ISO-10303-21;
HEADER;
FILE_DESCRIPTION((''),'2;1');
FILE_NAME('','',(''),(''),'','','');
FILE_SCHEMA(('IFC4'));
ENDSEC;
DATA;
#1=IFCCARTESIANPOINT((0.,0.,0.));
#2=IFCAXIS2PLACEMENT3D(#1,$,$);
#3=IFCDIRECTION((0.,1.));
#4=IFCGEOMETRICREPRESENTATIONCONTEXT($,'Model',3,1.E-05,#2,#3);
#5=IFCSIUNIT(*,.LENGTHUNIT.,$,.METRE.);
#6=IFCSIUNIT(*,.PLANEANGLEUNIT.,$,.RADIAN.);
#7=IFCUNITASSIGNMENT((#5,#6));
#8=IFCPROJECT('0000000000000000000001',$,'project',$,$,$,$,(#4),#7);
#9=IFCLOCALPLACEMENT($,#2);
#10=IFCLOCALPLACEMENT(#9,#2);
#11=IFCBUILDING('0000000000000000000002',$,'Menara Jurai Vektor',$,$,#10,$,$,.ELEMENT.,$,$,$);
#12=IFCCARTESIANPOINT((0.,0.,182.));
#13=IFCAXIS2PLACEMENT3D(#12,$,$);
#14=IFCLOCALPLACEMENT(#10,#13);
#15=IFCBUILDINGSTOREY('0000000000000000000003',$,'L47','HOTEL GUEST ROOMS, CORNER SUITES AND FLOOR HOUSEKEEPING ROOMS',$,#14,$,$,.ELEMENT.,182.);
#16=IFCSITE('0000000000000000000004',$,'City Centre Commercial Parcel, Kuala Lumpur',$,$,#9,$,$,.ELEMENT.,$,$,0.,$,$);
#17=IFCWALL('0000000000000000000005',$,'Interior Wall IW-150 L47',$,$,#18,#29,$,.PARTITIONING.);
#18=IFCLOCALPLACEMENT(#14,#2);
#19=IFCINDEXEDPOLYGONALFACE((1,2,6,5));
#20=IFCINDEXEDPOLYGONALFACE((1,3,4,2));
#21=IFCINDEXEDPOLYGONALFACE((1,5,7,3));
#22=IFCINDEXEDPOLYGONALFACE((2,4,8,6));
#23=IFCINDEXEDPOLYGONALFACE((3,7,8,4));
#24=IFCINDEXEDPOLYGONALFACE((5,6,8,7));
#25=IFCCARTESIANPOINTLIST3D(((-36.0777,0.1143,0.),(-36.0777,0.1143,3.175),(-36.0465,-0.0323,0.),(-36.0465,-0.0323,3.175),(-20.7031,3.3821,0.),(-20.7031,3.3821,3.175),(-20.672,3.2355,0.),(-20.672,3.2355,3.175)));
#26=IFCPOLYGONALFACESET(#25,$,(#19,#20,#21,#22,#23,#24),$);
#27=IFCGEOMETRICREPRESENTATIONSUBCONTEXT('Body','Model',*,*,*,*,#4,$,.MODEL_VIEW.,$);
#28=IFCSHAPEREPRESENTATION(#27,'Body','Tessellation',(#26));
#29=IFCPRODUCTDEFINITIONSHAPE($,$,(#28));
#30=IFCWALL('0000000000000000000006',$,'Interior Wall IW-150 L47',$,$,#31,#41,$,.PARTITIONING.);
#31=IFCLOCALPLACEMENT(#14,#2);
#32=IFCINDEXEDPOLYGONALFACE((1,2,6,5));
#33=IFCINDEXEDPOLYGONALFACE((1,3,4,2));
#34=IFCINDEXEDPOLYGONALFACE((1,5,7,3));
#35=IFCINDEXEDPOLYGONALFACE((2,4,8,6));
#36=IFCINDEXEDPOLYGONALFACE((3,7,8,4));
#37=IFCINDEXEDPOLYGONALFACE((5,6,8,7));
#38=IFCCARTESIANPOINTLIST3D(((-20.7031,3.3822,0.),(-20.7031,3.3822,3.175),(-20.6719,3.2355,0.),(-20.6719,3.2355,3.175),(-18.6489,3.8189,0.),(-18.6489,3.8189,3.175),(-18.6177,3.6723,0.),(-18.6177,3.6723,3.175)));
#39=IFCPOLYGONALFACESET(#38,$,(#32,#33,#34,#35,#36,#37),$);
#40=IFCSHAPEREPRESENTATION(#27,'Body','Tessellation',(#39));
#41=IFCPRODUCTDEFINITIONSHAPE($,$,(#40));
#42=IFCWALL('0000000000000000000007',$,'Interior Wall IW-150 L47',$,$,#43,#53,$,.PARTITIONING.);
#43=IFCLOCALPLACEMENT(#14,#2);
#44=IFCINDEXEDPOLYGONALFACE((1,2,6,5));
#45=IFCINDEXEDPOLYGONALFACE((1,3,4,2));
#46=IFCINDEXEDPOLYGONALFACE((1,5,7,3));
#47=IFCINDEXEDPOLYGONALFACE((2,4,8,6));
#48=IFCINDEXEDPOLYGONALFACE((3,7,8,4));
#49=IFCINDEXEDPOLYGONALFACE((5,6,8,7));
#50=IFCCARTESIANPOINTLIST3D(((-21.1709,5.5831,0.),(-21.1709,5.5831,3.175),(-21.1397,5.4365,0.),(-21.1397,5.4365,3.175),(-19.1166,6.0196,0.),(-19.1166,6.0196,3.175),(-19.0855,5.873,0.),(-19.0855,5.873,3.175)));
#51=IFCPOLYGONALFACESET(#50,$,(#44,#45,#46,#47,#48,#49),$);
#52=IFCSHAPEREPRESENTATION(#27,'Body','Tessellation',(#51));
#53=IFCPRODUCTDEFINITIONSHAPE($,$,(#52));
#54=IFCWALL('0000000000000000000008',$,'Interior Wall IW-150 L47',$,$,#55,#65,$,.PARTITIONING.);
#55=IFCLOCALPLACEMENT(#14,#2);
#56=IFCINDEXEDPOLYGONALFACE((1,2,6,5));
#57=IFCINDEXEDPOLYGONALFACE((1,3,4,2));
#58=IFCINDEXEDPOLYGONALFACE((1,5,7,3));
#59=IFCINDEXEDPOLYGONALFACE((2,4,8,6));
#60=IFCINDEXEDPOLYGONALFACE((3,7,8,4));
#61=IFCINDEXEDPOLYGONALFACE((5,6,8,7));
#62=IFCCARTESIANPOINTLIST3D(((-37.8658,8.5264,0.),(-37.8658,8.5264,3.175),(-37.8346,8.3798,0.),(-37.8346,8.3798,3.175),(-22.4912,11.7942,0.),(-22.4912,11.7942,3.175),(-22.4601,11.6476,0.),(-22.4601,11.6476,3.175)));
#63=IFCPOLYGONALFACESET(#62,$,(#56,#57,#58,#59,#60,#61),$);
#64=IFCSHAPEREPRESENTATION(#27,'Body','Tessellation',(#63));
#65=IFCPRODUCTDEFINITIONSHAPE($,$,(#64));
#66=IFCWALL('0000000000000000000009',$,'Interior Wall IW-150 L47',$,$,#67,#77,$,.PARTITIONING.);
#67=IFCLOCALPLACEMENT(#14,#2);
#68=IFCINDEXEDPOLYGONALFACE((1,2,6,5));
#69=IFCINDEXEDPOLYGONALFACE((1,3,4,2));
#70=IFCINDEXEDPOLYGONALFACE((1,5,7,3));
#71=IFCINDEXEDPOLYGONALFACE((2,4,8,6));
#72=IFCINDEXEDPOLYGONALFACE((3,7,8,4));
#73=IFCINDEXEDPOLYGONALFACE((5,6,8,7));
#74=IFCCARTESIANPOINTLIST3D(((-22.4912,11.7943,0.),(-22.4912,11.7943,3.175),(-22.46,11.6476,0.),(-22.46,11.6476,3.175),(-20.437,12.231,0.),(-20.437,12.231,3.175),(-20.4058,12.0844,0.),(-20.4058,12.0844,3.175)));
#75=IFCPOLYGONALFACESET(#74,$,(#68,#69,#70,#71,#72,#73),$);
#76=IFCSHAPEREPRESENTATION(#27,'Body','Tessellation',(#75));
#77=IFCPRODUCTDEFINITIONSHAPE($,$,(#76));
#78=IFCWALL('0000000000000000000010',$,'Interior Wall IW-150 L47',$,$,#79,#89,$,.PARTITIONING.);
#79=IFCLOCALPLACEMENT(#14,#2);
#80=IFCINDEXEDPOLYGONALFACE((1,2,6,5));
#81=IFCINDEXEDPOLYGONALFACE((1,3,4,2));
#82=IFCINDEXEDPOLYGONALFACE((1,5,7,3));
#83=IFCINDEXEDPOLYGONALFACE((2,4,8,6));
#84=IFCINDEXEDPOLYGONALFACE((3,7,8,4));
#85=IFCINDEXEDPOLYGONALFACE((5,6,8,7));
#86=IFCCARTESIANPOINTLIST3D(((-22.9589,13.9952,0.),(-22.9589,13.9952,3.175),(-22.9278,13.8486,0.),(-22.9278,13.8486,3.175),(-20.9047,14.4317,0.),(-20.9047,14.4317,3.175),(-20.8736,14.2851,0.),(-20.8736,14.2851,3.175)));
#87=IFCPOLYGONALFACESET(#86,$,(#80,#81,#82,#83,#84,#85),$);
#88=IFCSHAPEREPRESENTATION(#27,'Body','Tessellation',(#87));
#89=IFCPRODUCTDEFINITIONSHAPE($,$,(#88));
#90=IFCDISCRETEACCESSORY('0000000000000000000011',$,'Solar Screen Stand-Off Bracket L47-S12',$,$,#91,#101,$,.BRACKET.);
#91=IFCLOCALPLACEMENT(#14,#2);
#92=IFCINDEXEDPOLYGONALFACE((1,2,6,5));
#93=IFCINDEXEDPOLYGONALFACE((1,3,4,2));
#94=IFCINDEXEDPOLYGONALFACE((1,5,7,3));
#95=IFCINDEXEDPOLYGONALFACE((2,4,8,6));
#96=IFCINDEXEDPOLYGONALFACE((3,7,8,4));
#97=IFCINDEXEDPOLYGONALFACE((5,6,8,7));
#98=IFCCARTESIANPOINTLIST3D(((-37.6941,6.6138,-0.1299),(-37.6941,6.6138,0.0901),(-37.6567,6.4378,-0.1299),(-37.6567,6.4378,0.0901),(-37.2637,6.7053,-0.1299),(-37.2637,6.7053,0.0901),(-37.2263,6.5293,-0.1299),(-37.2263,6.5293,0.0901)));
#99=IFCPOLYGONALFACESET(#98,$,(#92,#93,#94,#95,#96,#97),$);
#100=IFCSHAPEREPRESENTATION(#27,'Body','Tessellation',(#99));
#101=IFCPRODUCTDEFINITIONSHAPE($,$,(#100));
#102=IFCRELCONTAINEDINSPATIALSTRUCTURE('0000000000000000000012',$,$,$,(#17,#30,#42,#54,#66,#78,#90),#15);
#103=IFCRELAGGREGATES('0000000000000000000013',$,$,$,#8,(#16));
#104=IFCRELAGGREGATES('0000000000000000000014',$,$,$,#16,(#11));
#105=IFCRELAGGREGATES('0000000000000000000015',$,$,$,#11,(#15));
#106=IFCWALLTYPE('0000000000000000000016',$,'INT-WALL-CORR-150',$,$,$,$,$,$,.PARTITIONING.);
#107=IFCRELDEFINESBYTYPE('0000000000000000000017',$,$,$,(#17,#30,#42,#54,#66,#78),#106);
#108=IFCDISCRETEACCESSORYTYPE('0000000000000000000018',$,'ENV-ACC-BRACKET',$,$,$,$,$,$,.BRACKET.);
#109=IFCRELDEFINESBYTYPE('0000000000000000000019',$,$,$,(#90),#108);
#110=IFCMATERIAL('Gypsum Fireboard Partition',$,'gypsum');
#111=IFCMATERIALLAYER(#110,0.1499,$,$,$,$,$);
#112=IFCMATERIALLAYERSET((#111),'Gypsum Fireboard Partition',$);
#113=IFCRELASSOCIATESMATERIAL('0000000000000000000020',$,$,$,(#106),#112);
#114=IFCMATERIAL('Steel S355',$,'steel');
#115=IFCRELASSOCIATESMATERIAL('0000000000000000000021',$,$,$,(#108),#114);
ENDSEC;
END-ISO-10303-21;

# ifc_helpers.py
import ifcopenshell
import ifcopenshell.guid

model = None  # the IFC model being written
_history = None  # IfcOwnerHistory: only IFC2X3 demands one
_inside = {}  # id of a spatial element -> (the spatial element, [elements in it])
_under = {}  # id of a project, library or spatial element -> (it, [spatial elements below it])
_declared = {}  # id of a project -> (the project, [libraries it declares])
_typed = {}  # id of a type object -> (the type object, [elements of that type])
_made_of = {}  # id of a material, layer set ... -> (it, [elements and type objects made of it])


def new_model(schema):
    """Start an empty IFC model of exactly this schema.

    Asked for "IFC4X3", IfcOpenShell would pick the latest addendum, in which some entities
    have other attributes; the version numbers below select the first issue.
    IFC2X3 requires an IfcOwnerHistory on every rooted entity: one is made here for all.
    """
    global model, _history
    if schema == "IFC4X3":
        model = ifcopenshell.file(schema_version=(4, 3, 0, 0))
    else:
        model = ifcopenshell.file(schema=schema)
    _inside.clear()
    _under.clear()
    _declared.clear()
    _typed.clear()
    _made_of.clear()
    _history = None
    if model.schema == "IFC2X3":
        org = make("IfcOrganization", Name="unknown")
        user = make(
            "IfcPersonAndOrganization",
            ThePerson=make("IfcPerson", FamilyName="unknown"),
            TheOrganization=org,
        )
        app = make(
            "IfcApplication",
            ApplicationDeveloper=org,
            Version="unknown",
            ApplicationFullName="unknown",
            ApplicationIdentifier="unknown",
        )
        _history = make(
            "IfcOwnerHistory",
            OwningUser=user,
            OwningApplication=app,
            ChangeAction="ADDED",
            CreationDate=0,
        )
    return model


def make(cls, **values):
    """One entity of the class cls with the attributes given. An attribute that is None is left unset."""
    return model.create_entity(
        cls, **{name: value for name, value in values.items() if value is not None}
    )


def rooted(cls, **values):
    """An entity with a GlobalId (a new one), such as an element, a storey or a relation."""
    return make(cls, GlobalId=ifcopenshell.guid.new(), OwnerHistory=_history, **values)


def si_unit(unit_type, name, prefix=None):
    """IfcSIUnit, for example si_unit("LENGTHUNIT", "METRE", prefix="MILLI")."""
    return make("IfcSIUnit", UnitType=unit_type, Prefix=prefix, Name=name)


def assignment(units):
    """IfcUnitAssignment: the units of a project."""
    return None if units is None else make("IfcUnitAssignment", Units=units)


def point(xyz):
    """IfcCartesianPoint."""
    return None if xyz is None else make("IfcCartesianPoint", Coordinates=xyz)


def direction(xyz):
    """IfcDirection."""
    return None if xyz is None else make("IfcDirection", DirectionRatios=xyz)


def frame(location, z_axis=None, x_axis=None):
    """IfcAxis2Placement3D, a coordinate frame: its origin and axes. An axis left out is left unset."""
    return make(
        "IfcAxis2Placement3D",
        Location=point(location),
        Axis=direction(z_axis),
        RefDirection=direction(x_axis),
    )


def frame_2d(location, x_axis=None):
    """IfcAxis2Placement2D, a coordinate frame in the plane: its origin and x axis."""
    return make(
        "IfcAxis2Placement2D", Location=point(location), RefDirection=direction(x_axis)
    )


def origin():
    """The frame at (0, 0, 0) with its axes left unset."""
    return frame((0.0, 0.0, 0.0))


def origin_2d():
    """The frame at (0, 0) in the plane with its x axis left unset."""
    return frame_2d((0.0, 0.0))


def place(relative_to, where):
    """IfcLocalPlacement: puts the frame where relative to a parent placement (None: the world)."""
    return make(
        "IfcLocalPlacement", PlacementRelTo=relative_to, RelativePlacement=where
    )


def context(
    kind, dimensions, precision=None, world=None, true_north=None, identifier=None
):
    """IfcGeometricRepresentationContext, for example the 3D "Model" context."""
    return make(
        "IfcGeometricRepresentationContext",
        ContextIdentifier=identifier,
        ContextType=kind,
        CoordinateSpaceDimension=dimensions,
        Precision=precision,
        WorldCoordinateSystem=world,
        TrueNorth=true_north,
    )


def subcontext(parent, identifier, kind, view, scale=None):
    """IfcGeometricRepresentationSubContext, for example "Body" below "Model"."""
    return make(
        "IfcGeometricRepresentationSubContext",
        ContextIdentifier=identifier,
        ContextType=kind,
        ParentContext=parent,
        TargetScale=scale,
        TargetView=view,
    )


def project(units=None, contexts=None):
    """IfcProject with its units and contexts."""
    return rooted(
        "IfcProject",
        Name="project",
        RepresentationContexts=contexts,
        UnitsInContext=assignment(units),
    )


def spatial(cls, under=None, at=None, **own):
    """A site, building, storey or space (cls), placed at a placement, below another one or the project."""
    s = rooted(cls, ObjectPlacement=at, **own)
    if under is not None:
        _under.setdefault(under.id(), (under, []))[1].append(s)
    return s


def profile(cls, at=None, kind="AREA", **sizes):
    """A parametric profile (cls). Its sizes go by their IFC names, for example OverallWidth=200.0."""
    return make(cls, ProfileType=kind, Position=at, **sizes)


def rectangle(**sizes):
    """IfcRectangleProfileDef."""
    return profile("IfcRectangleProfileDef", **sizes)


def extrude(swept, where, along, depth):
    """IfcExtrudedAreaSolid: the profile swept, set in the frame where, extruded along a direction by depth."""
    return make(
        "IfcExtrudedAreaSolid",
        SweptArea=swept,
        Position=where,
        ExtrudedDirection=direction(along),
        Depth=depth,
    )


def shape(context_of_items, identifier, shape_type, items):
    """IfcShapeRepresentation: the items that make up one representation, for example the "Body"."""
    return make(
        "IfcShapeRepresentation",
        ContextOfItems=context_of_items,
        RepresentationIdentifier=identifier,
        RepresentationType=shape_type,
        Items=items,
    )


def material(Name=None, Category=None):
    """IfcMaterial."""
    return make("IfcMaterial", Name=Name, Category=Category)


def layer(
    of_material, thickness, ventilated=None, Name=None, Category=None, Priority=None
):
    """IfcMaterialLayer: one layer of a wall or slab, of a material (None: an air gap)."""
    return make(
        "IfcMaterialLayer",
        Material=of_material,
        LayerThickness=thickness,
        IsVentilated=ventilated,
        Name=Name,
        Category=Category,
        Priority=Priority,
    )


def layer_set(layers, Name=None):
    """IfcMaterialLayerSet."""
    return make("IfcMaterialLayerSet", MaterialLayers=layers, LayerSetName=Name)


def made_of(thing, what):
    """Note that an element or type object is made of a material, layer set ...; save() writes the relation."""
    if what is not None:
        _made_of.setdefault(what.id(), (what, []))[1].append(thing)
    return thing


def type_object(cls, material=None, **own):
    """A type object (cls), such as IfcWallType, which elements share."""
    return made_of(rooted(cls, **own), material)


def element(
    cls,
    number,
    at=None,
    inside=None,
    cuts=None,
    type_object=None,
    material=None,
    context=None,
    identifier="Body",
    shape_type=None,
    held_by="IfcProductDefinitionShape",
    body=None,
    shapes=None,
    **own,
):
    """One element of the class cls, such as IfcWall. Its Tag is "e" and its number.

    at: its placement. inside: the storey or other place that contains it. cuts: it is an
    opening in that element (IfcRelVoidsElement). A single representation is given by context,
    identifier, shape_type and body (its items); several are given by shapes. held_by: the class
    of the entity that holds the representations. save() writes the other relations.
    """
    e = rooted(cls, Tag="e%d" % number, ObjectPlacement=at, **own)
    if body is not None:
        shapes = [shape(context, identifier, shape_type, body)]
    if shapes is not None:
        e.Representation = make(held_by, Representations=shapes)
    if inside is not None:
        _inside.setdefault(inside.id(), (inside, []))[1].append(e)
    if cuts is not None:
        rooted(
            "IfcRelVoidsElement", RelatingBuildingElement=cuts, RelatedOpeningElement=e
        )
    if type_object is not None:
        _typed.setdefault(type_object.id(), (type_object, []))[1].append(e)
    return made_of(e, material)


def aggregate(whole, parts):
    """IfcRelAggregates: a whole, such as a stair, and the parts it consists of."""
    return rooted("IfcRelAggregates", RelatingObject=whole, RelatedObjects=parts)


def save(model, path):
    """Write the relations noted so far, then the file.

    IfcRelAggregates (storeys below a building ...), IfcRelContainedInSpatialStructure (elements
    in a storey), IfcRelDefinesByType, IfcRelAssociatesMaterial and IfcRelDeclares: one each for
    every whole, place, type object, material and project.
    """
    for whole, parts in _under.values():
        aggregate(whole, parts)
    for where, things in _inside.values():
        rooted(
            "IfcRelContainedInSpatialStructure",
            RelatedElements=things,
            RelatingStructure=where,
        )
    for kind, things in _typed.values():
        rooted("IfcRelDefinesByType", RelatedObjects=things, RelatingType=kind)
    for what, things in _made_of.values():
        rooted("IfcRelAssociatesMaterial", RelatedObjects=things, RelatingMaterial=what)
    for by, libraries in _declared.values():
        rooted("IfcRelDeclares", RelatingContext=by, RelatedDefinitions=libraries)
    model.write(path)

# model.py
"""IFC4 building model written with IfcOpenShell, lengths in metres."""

from ifc_helpers import new_model, si_unit, direction, frame, frame_2d, origin, origin_2d, place, context, subcontext, project, spatial, rectangle, extrude, material, layer, layer_set, type_object, element, save


model = new_model("IFC4")

# Units and contexts
model_context = context("Model", 3, precision=1e-05, world=origin(), true_north=direction((0.0, 1.0)))
body_context = subcontext(model_context, "Body", "Model", "MODEL_VIEW")
ifc_project = project(units=[si_unit("LENGTHUNIT", "METRE"), si_unit("PLANEANGLEUNIT", "RADIAN")], contexts=[model_context])

# Site, building, storey
site_placement = place(None, origin())
site = spatial("IfcSite", under=ifc_project, at=site_placement, Name="City Centre Commercial Parcel, Kuala Lumpur", CompositionType="ELEMENT", RefElevation=0.0)
building_placement = place(site_placement, origin())
building = spatial("IfcBuilding", under=site, at=building_placement, Name="Menara Jurai Vektor", CompositionType="ELEMENT")
storey_placement = place(building_placement, frame((0.0, 0.0, 182.0)))
storey = spatial("IfcBuildingStorey", under=building, at=storey_placement, Name="L47", Description="HOTEL GUEST ROOMS, CORNER SUITES AND FLOOR HOUSEKEEPING ROOMS", CompositionType="ELEMENT", Elevation=182.0)

# Shared definitions
ifc_material_1 = material(Name="Steel S355", Category="steel")

# Walls
ifc_material_2 = material(Name="Gypsum Fireboard Partition", Category="gypsum")
ifc_layer_1 = layer(ifc_material_2, 0.1499)
ifc_layer_set_1 = layer_set([ifc_layer_1], Name="Gypsum Fireboard Partition")
wall_type = type_object("IfcWallType", Name="INT-WALL-CORR-150", PredefinedType="PARTITIONING", material=ifc_layer_set_1)
wall_1_placement = place(storey_placement, frame((-36.062, 0.041, 0.0), z_axis=(0.0, 0.0, 1.0), x_axis=(0.978149, 0.207904, 0.0)))
element("IfcWall", 1, at=wall_1_placement, inside=storey, type_object=wall_type, Name="Interior Wall IW-150 L47", PredefinedType="PARTITIONING", context=body_context, shape_type="SweptSolid", body=[
    extrude(rectangle(XDim=15.718, YDim=0.1499, at=frame_2d((7.8589, 0.0))), origin(), (0.0, 0.0, 1.0), 3.175),
])
wall_2_placement = place(storey_placement, frame((-20.6875, 3.3088, 0.0), z_axis=(0.0, 0.0, 1.0), x_axis=(0.978135, 0.207973, 0.0)))
element("IfcWall", 2, at=wall_2_placement, inside=storey, type_object=wall_type, Name="Interior Wall IW-150 L47", PredefinedType="PARTITIONING", context=body_context, shape_type="SweptSolid", body=[
    extrude(rectangle(XDim=2.1001, YDim=0.1499, at=frame_2d((1.05, 0.0))), origin(), (0.0, 0.0, 1.0), 3.175),
])

# Walls
wall_3_placement = place(storey_placement, frame((-21.1553, 5.5098, 0.0), z_axis=(0.0, 0.0, 1.0), x_axis=(0.978158, 0.207862, 0.0)))
element("IfcWall", 3, at=wall_3_placement, inside=storey, type_object=wall_type, Name="Interior Wall IW-150 L47", PredefinedType="PARTITIONING", context=body_context, shape_type="SweptSolid", body=[
    extrude(rectangle(XDim=2.1001, YDim=0.1499, at=frame_2d((1.05, 0.0))), origin(), (0.0, 0.0, 1.0), 3.175),
])
wall_4_placement = place(storey_placement, frame((-37.8501, 8.4531, 0.0), z_axis=(0.0, 0.0, 1.0), x_axis=(0.978149, 0.207904, 0.0)))
element("IfcWall", 4, at=wall_4_placement, inside=storey, type_object=wall_type, Name="Interior Wall IW-150 L47", PredefinedType="PARTITIONING", context=body_context, shape_type="SweptSolid", body=[
    extrude(rectangle(XDim=15.718, YDim=0.1499, at=frame_2d((7.8589, 0.0))), origin(), (0.0, 0.0, 1.0), 3.175),
])
wall_5_placement = place(storey_placement, frame((-22.4756, 11.7209, 0.0), z_axis=(0.0, 0.0, 1.0), x_axis=(0.978135, 0.207973, 0.0)))
element("IfcWall", 5, at=wall_5_placement, inside=storey, type_object=wall_type, Name="Interior Wall IW-150 L47", PredefinedType="PARTITIONING", context=body_context, shape_type="SweptSolid", body=[
    extrude(rectangle(XDim=2.1001, YDim=0.1499, at=frame_2d((1.05, 0.0))), origin(), (0.0, 0.0, 1.0), 3.175),
])

# Wall
wall_6_placement = place(storey_placement, frame((-22.9434, 13.9219, 0.0), z_axis=(0.0, 0.0, 1.0), x_axis=(0.978158, 0.207862, 0.0)))
element("IfcWall", 6, at=wall_6_placement, inside=storey, type_object=wall_type, Name="Interior Wall IW-150 L47", PredefinedType="PARTITIONING", context=body_context, shape_type="SweptSolid", body=[
    extrude(rectangle(XDim=2.1001, YDim=0.1499, at=frame_2d((1.05, 0.0))), origin(), (0.0, 0.0, 1.0), 3.175),
])

# Discrete accessory
discrete_accessory_type = type_object("IfcDiscreteAccessoryType", Name="ENV-ACC-BRACKET", PredefinedType="BRACKET", material=ifc_material_1)
discrete_accessory_placement = place(storey_placement, frame((-37.4602, 6.5715, -0.1299), z_axis=(0.0, 0.0, 1.0), x_axis=(0.207912, -0.978148, 0.0)))
element("IfcDiscreteAccessory", 7, at=discrete_accessory_placement, inside=storey, type_object=discrete_accessory_type, Name="Solar Screen Stand-Off Bracket L47-S12", PredefinedType="BRACKET", context=body_context, shape_type="SweptSolid", body=[
    extrude(rectangle(XDim=0.1799, YDim=0.4399, at=origin_2d()), origin(), (0.0, 0.0, 1.0), 0.22),
])

save(model, "model.ifc")
